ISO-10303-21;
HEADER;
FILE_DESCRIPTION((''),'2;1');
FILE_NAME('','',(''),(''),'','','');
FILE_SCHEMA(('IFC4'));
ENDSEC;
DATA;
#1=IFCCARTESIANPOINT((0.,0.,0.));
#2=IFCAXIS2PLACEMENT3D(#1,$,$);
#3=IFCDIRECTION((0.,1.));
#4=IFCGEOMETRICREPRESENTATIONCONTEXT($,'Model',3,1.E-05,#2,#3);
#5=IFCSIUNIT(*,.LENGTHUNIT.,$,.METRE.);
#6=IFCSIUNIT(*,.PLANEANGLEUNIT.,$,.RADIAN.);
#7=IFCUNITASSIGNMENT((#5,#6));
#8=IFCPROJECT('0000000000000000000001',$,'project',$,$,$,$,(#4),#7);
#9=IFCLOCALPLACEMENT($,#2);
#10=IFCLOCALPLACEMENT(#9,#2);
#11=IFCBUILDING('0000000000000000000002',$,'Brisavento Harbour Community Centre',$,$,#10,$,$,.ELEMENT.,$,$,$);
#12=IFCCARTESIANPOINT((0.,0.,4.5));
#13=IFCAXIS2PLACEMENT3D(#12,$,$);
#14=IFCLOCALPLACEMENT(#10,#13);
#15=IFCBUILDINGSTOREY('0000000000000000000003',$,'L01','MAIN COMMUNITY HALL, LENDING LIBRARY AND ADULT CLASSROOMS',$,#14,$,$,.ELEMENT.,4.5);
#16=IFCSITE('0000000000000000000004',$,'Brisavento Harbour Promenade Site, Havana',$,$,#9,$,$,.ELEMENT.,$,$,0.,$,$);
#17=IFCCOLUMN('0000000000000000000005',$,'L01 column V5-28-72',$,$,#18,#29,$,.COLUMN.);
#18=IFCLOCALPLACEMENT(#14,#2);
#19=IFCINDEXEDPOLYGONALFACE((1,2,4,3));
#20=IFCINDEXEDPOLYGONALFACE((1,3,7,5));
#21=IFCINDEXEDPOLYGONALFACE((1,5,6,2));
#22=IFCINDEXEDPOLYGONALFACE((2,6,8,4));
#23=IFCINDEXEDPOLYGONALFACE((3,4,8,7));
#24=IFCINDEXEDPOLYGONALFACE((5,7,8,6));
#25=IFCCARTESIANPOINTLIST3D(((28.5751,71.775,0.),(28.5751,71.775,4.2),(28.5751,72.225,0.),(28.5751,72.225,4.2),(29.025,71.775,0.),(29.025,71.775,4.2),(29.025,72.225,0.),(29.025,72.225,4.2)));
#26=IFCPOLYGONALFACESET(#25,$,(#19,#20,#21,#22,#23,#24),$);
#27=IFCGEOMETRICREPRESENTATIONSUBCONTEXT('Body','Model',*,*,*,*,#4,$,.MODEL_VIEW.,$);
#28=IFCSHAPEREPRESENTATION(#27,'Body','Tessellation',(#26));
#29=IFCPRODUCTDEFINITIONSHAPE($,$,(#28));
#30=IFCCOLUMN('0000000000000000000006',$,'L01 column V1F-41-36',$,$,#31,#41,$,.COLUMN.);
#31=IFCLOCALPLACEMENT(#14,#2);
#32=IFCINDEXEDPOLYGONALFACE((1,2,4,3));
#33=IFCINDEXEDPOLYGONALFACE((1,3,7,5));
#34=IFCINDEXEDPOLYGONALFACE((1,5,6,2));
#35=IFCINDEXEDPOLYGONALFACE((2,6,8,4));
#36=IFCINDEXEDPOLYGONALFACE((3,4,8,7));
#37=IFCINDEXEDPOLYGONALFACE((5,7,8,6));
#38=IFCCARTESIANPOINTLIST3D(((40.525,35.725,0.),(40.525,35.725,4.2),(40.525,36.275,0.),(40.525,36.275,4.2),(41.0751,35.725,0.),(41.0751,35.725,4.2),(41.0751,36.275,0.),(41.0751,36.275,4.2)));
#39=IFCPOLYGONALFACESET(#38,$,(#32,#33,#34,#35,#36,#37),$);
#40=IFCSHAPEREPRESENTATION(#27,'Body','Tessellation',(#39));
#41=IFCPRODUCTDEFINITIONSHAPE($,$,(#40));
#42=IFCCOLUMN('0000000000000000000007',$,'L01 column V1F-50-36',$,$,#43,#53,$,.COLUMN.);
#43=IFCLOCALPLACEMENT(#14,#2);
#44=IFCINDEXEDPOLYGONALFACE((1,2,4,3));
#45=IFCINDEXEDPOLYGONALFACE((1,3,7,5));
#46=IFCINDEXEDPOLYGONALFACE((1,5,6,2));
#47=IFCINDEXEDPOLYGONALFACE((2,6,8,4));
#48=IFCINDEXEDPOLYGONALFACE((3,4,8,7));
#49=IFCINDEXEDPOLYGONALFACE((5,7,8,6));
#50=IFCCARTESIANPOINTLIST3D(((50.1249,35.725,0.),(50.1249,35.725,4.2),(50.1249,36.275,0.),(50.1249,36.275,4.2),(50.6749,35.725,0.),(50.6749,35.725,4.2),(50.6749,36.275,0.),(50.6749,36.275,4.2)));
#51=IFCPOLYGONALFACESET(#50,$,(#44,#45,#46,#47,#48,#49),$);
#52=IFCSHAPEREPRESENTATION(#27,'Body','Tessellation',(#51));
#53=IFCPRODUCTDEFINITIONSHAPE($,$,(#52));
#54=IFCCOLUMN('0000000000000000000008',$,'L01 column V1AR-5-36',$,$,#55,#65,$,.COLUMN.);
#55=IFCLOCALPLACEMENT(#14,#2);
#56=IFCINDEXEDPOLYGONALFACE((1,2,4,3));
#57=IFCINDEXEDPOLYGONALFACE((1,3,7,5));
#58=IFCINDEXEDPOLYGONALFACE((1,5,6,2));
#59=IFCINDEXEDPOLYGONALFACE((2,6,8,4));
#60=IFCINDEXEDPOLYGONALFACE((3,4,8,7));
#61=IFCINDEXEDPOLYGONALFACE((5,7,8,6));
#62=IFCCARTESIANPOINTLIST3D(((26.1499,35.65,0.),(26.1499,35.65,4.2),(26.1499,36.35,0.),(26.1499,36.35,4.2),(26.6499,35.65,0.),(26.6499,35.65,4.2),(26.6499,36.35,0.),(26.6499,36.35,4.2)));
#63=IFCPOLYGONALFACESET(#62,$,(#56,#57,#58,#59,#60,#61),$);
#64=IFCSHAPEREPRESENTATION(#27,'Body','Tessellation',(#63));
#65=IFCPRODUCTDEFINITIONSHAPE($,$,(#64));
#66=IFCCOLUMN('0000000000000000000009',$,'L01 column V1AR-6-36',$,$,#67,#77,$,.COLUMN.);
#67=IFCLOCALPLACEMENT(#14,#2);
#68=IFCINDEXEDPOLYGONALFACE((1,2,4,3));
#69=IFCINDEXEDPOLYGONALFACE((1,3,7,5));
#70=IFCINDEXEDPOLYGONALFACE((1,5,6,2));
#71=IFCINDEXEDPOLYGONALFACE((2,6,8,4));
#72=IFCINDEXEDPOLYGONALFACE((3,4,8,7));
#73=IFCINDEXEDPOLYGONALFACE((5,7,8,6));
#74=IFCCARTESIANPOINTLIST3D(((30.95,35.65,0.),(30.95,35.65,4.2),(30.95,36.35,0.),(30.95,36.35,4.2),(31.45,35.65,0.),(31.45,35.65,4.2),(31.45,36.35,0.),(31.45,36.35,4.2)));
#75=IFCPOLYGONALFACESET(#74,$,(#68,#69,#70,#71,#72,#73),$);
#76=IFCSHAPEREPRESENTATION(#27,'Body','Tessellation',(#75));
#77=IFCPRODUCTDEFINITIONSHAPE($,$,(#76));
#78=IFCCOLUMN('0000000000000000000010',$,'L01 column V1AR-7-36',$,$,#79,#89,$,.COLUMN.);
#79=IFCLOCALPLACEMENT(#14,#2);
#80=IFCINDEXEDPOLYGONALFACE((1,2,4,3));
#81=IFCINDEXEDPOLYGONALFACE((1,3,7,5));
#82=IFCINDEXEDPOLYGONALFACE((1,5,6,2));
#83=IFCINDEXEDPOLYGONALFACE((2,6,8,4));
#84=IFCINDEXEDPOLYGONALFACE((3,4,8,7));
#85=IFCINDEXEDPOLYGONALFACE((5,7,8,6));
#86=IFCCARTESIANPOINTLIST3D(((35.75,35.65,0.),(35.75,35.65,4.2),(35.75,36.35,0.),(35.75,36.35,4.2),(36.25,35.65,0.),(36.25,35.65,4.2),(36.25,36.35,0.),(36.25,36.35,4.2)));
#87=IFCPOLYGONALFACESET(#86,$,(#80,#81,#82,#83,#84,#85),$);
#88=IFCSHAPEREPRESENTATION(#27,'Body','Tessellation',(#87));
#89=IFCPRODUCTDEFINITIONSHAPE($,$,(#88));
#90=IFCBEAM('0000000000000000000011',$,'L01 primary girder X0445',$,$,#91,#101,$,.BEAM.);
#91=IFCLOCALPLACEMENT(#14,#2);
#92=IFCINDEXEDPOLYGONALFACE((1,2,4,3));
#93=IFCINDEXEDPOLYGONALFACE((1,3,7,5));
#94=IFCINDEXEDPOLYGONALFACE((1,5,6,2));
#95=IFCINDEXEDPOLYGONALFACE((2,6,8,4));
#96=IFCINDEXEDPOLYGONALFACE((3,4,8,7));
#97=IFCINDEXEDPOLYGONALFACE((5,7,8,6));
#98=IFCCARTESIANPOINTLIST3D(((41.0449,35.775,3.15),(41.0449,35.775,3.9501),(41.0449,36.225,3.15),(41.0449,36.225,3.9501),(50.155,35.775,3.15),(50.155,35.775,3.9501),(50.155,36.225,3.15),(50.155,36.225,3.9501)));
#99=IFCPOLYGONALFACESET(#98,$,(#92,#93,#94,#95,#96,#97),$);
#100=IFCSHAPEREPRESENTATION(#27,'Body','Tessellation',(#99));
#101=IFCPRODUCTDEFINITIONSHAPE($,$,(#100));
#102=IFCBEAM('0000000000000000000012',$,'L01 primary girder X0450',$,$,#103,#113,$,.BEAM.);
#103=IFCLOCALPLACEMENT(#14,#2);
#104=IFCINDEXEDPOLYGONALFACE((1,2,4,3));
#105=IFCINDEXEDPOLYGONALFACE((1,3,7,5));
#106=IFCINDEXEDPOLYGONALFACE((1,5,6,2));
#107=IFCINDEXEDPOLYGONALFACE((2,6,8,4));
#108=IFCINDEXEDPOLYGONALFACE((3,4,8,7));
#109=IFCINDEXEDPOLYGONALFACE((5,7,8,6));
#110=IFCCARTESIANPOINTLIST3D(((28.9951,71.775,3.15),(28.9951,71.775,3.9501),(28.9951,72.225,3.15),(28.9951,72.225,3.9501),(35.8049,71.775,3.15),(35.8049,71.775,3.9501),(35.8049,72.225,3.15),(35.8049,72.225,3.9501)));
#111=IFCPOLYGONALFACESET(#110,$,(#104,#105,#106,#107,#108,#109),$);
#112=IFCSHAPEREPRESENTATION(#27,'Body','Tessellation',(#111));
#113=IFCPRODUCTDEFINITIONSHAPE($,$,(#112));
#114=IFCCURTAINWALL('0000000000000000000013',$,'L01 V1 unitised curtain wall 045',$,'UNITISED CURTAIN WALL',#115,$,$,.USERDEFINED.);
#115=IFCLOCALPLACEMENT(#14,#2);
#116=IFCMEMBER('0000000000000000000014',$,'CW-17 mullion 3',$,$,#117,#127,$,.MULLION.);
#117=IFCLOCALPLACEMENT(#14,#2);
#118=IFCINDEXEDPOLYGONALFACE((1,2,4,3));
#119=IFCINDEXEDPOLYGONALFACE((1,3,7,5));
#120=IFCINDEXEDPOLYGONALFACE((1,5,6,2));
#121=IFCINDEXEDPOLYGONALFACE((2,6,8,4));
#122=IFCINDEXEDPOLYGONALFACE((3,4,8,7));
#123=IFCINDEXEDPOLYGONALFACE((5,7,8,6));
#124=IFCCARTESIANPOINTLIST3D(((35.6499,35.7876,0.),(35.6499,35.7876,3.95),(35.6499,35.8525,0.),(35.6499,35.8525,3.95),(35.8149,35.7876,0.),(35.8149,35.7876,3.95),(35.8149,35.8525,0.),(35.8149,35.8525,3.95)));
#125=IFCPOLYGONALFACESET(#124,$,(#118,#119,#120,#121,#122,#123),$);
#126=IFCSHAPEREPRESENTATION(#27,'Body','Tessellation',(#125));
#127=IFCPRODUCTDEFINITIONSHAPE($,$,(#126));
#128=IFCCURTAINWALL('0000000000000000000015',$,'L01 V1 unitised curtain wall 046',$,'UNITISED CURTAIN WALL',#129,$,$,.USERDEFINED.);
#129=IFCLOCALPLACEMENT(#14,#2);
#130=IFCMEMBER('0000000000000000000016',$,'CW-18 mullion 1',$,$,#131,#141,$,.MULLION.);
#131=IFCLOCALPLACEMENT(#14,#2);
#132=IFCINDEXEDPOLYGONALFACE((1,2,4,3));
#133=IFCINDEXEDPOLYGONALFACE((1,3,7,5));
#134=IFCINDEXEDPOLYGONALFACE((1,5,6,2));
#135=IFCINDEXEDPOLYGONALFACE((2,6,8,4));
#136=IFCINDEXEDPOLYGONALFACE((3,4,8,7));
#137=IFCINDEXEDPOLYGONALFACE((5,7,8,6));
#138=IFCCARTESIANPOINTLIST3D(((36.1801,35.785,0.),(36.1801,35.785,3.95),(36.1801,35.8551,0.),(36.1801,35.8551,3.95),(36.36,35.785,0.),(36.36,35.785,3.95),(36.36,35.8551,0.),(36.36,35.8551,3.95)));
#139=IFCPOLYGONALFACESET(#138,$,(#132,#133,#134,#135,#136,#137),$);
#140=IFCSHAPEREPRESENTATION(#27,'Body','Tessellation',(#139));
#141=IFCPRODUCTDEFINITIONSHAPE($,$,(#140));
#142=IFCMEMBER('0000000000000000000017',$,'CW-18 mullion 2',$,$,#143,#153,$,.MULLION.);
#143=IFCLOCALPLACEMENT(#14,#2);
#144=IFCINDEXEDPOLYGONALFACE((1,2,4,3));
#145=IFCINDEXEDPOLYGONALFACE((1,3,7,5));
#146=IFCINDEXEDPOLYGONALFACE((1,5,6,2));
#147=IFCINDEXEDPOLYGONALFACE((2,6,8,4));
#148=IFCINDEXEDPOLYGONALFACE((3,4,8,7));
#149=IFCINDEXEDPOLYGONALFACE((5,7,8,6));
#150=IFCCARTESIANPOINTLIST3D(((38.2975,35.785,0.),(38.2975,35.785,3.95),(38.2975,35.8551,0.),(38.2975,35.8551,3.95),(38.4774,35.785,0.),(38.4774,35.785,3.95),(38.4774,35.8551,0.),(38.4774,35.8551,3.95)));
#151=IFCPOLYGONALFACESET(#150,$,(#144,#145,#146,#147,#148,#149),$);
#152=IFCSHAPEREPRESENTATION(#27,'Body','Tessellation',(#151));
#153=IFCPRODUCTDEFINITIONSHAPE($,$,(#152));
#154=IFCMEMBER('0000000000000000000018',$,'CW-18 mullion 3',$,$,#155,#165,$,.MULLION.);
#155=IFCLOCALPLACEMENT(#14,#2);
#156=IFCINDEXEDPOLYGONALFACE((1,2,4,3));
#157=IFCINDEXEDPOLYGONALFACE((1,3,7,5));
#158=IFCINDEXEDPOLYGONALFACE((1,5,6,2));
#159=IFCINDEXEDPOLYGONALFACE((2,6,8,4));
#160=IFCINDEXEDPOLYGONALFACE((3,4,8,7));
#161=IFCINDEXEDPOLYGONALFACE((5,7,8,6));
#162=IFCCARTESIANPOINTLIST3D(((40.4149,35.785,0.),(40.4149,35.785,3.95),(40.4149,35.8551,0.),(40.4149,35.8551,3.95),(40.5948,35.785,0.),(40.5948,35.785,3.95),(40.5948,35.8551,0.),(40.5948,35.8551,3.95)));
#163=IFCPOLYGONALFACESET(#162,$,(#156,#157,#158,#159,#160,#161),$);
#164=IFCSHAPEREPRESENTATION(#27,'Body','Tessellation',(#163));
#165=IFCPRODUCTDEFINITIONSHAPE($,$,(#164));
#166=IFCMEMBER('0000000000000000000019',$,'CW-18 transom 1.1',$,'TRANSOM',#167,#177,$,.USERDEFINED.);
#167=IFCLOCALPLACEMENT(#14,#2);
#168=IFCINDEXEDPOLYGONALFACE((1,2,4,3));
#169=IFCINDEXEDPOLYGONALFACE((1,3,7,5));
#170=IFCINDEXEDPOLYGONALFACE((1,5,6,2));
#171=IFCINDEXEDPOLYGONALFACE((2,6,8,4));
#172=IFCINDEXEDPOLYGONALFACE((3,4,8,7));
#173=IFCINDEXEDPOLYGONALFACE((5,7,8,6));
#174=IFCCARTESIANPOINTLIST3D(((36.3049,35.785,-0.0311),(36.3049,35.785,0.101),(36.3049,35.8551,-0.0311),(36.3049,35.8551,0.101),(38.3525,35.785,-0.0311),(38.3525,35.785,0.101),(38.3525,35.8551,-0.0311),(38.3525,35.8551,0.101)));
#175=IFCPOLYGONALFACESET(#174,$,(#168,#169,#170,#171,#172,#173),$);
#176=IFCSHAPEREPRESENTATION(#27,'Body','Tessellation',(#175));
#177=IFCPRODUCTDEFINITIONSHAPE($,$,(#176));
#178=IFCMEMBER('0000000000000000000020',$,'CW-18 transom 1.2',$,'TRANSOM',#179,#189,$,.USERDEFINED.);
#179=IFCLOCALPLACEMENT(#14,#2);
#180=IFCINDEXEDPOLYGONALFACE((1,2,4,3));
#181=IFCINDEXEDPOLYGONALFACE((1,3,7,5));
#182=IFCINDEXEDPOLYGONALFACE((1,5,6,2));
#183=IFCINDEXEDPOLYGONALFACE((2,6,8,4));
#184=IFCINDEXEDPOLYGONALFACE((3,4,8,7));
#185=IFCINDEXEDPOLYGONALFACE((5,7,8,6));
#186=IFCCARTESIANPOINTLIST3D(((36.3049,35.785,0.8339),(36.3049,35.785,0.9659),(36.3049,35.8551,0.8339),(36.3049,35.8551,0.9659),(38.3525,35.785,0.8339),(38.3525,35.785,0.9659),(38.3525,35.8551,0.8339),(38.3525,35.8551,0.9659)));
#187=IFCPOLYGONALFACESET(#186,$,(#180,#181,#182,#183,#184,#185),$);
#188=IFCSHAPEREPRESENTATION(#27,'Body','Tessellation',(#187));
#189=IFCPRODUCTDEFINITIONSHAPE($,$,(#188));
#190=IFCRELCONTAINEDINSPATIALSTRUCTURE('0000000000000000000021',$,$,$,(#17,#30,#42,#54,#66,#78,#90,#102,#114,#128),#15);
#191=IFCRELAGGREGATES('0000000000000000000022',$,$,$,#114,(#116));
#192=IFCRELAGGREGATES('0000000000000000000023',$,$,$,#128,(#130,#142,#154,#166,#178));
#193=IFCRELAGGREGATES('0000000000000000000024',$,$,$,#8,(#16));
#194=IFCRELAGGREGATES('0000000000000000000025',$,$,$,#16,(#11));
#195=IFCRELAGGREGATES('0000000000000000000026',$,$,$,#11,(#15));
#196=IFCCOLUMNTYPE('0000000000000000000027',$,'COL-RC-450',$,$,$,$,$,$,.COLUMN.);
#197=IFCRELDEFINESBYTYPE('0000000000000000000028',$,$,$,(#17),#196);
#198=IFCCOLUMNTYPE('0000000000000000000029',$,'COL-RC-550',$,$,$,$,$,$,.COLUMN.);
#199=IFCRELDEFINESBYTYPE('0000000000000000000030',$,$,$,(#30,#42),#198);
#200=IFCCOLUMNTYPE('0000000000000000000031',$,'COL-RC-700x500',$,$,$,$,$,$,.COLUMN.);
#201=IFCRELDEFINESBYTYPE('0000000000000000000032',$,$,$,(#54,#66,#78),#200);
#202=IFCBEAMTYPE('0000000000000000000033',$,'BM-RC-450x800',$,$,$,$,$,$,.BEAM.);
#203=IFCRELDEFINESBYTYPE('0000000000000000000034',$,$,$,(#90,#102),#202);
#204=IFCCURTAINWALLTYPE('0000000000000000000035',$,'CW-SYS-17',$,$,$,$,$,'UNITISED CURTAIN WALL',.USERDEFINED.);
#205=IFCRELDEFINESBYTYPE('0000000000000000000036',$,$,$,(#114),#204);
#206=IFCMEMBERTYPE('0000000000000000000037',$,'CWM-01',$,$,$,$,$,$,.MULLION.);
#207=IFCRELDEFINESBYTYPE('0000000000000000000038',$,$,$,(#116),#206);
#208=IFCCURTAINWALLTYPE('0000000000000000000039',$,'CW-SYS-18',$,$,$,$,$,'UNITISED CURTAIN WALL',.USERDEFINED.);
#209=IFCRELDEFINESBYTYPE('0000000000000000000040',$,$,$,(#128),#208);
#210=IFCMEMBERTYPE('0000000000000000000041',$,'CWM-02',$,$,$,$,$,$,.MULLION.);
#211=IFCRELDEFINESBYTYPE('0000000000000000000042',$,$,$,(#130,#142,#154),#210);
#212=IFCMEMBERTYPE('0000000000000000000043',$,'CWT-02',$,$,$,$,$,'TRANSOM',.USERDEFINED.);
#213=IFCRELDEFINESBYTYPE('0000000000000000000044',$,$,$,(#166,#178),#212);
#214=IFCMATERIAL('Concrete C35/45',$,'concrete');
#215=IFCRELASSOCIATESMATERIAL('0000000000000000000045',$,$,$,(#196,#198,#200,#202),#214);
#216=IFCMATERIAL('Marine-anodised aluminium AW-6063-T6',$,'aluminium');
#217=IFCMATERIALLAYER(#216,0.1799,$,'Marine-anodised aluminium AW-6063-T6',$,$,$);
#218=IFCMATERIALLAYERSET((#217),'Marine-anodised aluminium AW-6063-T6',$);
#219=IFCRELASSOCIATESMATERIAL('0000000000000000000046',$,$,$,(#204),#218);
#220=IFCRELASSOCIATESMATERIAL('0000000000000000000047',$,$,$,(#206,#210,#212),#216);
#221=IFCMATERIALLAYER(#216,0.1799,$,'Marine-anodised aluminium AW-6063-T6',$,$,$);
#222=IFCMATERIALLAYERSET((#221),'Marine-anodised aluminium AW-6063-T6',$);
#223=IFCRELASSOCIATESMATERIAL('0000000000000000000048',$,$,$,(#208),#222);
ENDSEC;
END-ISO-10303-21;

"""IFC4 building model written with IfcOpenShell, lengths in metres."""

from ifc_helpers import new_model, si_unit, direction, frame, origin, origin_2d, place, context, subcontext, project, spatial, rectangle, extrude, material, layer, layer_set, material_profile, profile_set, type_object, element, aggregate, save


model = new_model("IFC4")

# Units and contexts
model_context = context("Model", 3, precision=1e-05, world=origin(), true_north=direction((0.0, 1.0)))
body_context = subcontext(model_context, "Body", "Model", "MODEL_VIEW")
ifc_project = project(units=[si_unit("LENGTHUNIT", "METRE"), si_unit("PLANEANGLEUNIT", "RADIAN")], contexts=[model_context])

# Site, building, storey
site_placement = place(None, origin())
site = spatial("IfcSite", under=ifc_project, at=site_placement, Name="Brisavento Harbour Promenade Site, Havana", CompositionType="ELEMENT", RefElevation=0.0)
building_placement = place(site_placement, origin())
building = spatial("IfcBuilding", under=site, at=building_placement, Name="Brisavento Harbour Community Centre", CompositionType="ELEMENT")
storey_placement = place(building_placement, frame((0.0, 0.0, 4.5)))
storey = spatial("IfcBuildingStorey", under=building, at=storey_placement, Name="L01", Description="MAIN COMMUNITY HALL, LENDING LIBRARY AND ADULT CLASSROOMS", CompositionType="ELEMENT", Elevation=4.5)

# Columns
ifc_material_1 = material(Name="Concrete C35/45", Category="concrete")
ifc_material_profile_1 = material_profile(ifc_material_1, rectangle(XDim=0.45, YDim=0.45, at=origin_2d()), Name="Concrete C35/45")
ifc_profile_set_1 = profile_set([ifc_material_profile_1], Name="Concrete C35/45")
column_type_1 = type_object("IfcColumnType", Name="COL-RC-450", PredefinedType="COLUMN", material=ifc_profile_set_1)
column_placement = place(storey_placement, frame((28.8, 72.0, 0.0), z_axis=(0.0, 0.0, 1.0), x_axis=(1.0, 0.0, 0.0)))
element("IfcColumn", 1, at=column_placement, inside=storey, type_object=column_type_1, Name="L01 column V5-28-72", PredefinedType="COLUMN", context=body_context, shape_type="SweptSolid", body=[
    extrude(rectangle(XDim=0.45, YDim=0.45, at=origin_2d()), origin(), (0.0, 0.0, 1.0), 4.2),
])
ifc_material_profile_2 = material_profile(ifc_material_1, rectangle(XDim=0.55, YDim=0.55, at=origin_2d()), Name="Concrete C35/45")
ifc_profile_set_2 = profile_set([ifc_material_profile_2], Name="Concrete C35/45")
column_type_2 = type_object("IfcColumnType", Name="COL-RC-550", PredefinedType="COLUMN", material=ifc_profile_set_2)
for number, where, z_axis, x_axis, name in (
    (2, (40.8, 36.0, 0.0), (0.0, 0.0, 1.0), (1.0, 0.0, 0.0), "L01 column V1F-41-36"),
    (3, (50.3999, 36.0, 0.0), (0.0, 0.0, 1.0), (1.0, 0.0, 0.0), "L01 column V1F-50-36"),
):
    element("IfcColumn", number, at=place(storey_placement, frame(where, z_axis=z_axis, x_axis=x_axis)), inside=storey, type_object=column_type_2, Name=name, PredefinedType="COLUMN", context=body_context, shape_type="SweptSolid", body=[
        extrude(rectangle(XDim=0.55, YDim=0.55, at=origin_2d()), origin(), (0.0, 0.0, 1.0), 4.2),
    ])
ifc_material_profile_3 = material_profile(ifc_material_1, rectangle(XDim=0.5, YDim=0.7, at=origin_2d()), Name="Concrete C35/45")
ifc_profile_set_3 = profile_set([ifc_material_profile_3], Name="Concrete C35/45")
column_type_3 = type_object("IfcColumnType", Name="COL-RC-700x500", PredefinedType="COLUMN", material=ifc_profile_set_3)
for number, where, z_axis, x_axis, name in (
    (4, (26.3999, 36.0, 0.0), (0.0, 0.0, 1.0), (1.0, 0.0, 0.0), "L01 column V1AR-5-36"),
    (5, (31.2, 36.0, 0.0), (0.0, 0.0, 1.0), (1.0, 0.0, 0.0), "L01 column V1AR-6-36"),
    (6, (36.0, 36.0, 0.0), (0.0, 0.0, 1.0), (1.0, 0.0, 0.0), "L01 column V1AR-7-36"),
):
    element("IfcColumn", number, at=place(storey_placement, frame(where, z_axis=z_axis, x_axis=x_axis)), inside=storey, type_object=column_type_3, Name=name, PredefinedType="COLUMN", context=body_context, shape_type="SweptSolid", body=[
        extrude(rectangle(XDim=0.5, YDim=0.7, at=origin_2d()), origin(), (0.0, 0.0, 1.0), 4.2),
    ])

# Beams
ifc_material_profile_4 = material_profile(ifc_material_1, rectangle(XDim=0.45, YDim=0.8, at=origin_2d()), Name="Concrete C35/45")
ifc_profile_set_4 = profile_set([ifc_material_profile_4], Name="Concrete C35/45")
beam_type = type_object("IfcBeamType", Name="BM-RC-450x800", PredefinedType="BEAM", material=ifc_profile_set_4)
beam_1_placement = place(storey_placement, frame((41.0449, 36.0, 3.55), z_axis=(1.0, 0.0, 0.0), x_axis=(0.0, 1.0, 0.0)))
element("IfcBeam", 7, at=beam_1_placement, inside=storey, type_object=beam_type, Name="L01 primary girder X0445", PredefinedType="BEAM", context=body_context, shape_type="SweptSolid", body=[
    extrude(rectangle(XDim=0.45, YDim=0.8, at=origin_2d()), origin(), (0.0, 0.0, 1.0), 9.1101),
])
beam_2_placement = place(storey_placement, frame((28.9951, 72.0, 3.55), z_axis=(1.0, 0.0, 0.0), x_axis=(0.0, 1.0, 0.0)))
element("IfcBeam", 8, at=beam_2_placement, inside=storey, type_object=beam_type, Name="L01 primary girder X0450", PredefinedType="BEAM", context=body_context, shape_type="SweptSolid", body=[
    extrude(rectangle(XDim=0.45, YDim=0.8, at=origin_2d()), origin(), (0.0, 0.0, 1.0), 6.8098),
])

# Curtain wall, member
ifc_material_2 = material(Name="Marine-anodised aluminium AW-6063-T6", Category="aluminium")
ifc_layer_1 = layer(ifc_material_2, 0.1799, Name="Marine-anodised aluminium AW-6063-T6")
ifc_layer_set_1 = layer_set([ifc_layer_1], Name="Marine-anodised aluminium AW-6063-T6")
curtain_wall_type_1 = type_object("IfcCurtainWallType", Name="CW-SYS-17", ElementType="UNITISED CURTAIN WALL", PredefinedType="USERDEFINED", material=ifc_layer_set_1)
curtain_wall_1_placement = place(storey_placement, origin())
curtain_wall_1 = element("IfcCurtainWall", 9, at=curtain_wall_1_placement, inside=storey, type_object=curtain_wall_type_1, Name="L01 V1 unitised curtain wall 045", ObjectType="UNITISED CURTAIN WALL", PredefinedType="USERDEFINED")
ifc_material_profile_5 = material_profile(ifc_material_2, rectangle(XDim=0.0649, YDim=0.165, at=origin_2d()), Name="Marine-anodised aluminium AW-6063-T6")
ifc_profile_set_5 = profile_set([ifc_material_profile_5], Name="Marine-anodised aluminium AW-6063-T6")
member_type_1 = type_object("IfcMemberType", Name="CWM-01", PredefinedType="MULLION", material=ifc_profile_set_5)
member_1_placement = place(storey_placement, frame((35.7324, 35.8201, 0.0), z_axis=(0.0, 0.0, 1.0), x_axis=(0.0, 1.0, 0.0)))
member_1 = element("IfcMember", 10, at=member_1_placement, type_object=member_type_1, Name="CW-17 mullion 3", PredefinedType="MULLION", context=body_context, shape_type="SweptSolid", body=[
    extrude(rectangle(XDim=0.0649, YDim=0.165, at=origin_2d()), origin(), (0.0, 0.0, 1.0), 3.95),
])
aggregate(curtain_wall_1, [member_1])

# Curtain wall, members
ifc_layer_2 = layer(ifc_material_2, 0.1799, Name="Marine-anodised aluminium AW-6063-T6")
ifc_layer_set_2 = layer_set([ifc_layer_2], Name="Marine-anodised aluminium AW-6063-T6")
curtain_wall_type_2 = type_object("IfcCurtainWallType", Name="CW-SYS-18", ElementType="UNITISED CURTAIN WALL", PredefinedType="USERDEFINED", material=ifc_layer_set_2)
curtain_wall_2_placement = place(storey_placement, origin())
curtain_wall_2 = element("IfcCurtainWall", 11, at=curtain_wall_2_placement, inside=storey, type_object=curtain_wall_type_2, Name="L01 V1 unitised curtain wall 046", ObjectType="UNITISED CURTAIN WALL", PredefinedType="USERDEFINED")
ifc_material_profile_6 = material_profile(ifc_material_2, rectangle(XDim=0.0701, YDim=0.1799, at=origin_2d()), Name="Marine-anodised aluminium AW-6063-T6")
ifc_profile_set_6 = profile_set([ifc_material_profile_6], Name="Marine-anodised aluminium AW-6063-T6")
member_type_2 = type_object("IfcMemberType", Name="CWM-02", PredefinedType="MULLION", material=ifc_profile_set_6)
member_2_placement = place(storey_placement, frame((36.27, 35.8201, 0.0), z_axis=(0.0, 0.0, 1.0), x_axis=(0.0, 1.0, 0.0)))
member_2 = element("IfcMember", 12, at=member_2_placement, type_object=member_type_2, Name="CW-18 mullion 1", PredefinedType="MULLION", context=body_context, shape_type="SweptSolid", body=[
    extrude(rectangle(XDim=0.0701, YDim=0.1799, at=origin_2d()), origin(), (0.0, 0.0, 1.0), 3.95),
])
member_3_placement = place(storey_placement, frame((38.3875, 35.8201, 0.0), z_axis=(0.0, 0.0, 1.0), x_axis=(0.0, 1.0, 0.0)))
member_3 = element("IfcMember", 13, at=member_3_placement, type_object=member_type_2, Name="CW-18 mullion 2", PredefinedType="MULLION", context=body_context, shape_type="SweptSolid", body=[
    extrude(rectangle(XDim=0.0701, YDim=0.1799, at=origin_2d()), origin(), (0.0, 0.0, 1.0), 3.95),
])
member_4_placement = place(storey_placement, frame((40.5049, 35.8201, 0.0), z_axis=(0.0, 0.0, 1.0), x_axis=(0.0, 1.0, 0.0)))
member_4 = element("IfcMember", 14, at=member_4_placement, type_object=member_type_2, Name="CW-18 mullion 3", PredefinedType="MULLION", context=body_context, shape_type="SweptSolid", body=[
    extrude(rectangle(XDim=0.0701, YDim=0.1799, at=origin_2d()), origin(), (0.0, 0.0, 1.0), 3.95),
])
ifc_material_profile_7 = material_profile(ifc_material_2, rectangle(XDim=0.0701, YDim=0.1321, at=origin_2d()), Name="Marine-anodised aluminium AW-6063-T6")
ifc_profile_set_7 = profile_set([ifc_material_profile_7], Name="Marine-anodised aluminium AW-6063-T6")
member_type_3 = type_object("IfcMemberType", Name="CWT-02", ElementType="TRANSOM", PredefinedType="USERDEFINED", material=ifc_profile_set_7)
member_5_placement = place(storey_placement, frame((36.3049, 35.8201, 0.0349), z_axis=(1.0, 0.0, 0.0), x_axis=(0.0, 1.0, 0.0)))
member_5 = element("IfcMember", 15, at=member_5_placement, type_object=member_type_3, Name="CW-18 transom 1.1", ObjectType="TRANSOM", PredefinedType="USERDEFINED", context=body_context, shape_type="SweptSolid", body=[
    extrude(rectangle(XDim=0.0701, YDim=0.1321, at=origin_2d()), origin(), (0.0, 0.0, 1.0), 2.0476),
])
member_6_placement = place(storey_placement, frame((36.3049, 35.8201, 0.8999), z_axis=(1.0, 0.0, 0.0), x_axis=(0.0, 1.0, 0.0)))
member_6 = element("IfcMember", 16, at=member_6_placement, type_object=member_type_3, Name="CW-18 transom 1.2", ObjectType="TRANSOM", PredefinedType="USERDEFINED", context=body_context, shape_type="SweptSolid", body=[
    extrude(rectangle(XDim=0.0701, YDim=0.1321, at=origin_2d()), origin(), (0.0, 0.0, 1.0), 2.0476),
])
aggregate(curtain_wall_2, [member_2, member_3, member_4, member_5, member_6])

save(model, "model.ifc")
